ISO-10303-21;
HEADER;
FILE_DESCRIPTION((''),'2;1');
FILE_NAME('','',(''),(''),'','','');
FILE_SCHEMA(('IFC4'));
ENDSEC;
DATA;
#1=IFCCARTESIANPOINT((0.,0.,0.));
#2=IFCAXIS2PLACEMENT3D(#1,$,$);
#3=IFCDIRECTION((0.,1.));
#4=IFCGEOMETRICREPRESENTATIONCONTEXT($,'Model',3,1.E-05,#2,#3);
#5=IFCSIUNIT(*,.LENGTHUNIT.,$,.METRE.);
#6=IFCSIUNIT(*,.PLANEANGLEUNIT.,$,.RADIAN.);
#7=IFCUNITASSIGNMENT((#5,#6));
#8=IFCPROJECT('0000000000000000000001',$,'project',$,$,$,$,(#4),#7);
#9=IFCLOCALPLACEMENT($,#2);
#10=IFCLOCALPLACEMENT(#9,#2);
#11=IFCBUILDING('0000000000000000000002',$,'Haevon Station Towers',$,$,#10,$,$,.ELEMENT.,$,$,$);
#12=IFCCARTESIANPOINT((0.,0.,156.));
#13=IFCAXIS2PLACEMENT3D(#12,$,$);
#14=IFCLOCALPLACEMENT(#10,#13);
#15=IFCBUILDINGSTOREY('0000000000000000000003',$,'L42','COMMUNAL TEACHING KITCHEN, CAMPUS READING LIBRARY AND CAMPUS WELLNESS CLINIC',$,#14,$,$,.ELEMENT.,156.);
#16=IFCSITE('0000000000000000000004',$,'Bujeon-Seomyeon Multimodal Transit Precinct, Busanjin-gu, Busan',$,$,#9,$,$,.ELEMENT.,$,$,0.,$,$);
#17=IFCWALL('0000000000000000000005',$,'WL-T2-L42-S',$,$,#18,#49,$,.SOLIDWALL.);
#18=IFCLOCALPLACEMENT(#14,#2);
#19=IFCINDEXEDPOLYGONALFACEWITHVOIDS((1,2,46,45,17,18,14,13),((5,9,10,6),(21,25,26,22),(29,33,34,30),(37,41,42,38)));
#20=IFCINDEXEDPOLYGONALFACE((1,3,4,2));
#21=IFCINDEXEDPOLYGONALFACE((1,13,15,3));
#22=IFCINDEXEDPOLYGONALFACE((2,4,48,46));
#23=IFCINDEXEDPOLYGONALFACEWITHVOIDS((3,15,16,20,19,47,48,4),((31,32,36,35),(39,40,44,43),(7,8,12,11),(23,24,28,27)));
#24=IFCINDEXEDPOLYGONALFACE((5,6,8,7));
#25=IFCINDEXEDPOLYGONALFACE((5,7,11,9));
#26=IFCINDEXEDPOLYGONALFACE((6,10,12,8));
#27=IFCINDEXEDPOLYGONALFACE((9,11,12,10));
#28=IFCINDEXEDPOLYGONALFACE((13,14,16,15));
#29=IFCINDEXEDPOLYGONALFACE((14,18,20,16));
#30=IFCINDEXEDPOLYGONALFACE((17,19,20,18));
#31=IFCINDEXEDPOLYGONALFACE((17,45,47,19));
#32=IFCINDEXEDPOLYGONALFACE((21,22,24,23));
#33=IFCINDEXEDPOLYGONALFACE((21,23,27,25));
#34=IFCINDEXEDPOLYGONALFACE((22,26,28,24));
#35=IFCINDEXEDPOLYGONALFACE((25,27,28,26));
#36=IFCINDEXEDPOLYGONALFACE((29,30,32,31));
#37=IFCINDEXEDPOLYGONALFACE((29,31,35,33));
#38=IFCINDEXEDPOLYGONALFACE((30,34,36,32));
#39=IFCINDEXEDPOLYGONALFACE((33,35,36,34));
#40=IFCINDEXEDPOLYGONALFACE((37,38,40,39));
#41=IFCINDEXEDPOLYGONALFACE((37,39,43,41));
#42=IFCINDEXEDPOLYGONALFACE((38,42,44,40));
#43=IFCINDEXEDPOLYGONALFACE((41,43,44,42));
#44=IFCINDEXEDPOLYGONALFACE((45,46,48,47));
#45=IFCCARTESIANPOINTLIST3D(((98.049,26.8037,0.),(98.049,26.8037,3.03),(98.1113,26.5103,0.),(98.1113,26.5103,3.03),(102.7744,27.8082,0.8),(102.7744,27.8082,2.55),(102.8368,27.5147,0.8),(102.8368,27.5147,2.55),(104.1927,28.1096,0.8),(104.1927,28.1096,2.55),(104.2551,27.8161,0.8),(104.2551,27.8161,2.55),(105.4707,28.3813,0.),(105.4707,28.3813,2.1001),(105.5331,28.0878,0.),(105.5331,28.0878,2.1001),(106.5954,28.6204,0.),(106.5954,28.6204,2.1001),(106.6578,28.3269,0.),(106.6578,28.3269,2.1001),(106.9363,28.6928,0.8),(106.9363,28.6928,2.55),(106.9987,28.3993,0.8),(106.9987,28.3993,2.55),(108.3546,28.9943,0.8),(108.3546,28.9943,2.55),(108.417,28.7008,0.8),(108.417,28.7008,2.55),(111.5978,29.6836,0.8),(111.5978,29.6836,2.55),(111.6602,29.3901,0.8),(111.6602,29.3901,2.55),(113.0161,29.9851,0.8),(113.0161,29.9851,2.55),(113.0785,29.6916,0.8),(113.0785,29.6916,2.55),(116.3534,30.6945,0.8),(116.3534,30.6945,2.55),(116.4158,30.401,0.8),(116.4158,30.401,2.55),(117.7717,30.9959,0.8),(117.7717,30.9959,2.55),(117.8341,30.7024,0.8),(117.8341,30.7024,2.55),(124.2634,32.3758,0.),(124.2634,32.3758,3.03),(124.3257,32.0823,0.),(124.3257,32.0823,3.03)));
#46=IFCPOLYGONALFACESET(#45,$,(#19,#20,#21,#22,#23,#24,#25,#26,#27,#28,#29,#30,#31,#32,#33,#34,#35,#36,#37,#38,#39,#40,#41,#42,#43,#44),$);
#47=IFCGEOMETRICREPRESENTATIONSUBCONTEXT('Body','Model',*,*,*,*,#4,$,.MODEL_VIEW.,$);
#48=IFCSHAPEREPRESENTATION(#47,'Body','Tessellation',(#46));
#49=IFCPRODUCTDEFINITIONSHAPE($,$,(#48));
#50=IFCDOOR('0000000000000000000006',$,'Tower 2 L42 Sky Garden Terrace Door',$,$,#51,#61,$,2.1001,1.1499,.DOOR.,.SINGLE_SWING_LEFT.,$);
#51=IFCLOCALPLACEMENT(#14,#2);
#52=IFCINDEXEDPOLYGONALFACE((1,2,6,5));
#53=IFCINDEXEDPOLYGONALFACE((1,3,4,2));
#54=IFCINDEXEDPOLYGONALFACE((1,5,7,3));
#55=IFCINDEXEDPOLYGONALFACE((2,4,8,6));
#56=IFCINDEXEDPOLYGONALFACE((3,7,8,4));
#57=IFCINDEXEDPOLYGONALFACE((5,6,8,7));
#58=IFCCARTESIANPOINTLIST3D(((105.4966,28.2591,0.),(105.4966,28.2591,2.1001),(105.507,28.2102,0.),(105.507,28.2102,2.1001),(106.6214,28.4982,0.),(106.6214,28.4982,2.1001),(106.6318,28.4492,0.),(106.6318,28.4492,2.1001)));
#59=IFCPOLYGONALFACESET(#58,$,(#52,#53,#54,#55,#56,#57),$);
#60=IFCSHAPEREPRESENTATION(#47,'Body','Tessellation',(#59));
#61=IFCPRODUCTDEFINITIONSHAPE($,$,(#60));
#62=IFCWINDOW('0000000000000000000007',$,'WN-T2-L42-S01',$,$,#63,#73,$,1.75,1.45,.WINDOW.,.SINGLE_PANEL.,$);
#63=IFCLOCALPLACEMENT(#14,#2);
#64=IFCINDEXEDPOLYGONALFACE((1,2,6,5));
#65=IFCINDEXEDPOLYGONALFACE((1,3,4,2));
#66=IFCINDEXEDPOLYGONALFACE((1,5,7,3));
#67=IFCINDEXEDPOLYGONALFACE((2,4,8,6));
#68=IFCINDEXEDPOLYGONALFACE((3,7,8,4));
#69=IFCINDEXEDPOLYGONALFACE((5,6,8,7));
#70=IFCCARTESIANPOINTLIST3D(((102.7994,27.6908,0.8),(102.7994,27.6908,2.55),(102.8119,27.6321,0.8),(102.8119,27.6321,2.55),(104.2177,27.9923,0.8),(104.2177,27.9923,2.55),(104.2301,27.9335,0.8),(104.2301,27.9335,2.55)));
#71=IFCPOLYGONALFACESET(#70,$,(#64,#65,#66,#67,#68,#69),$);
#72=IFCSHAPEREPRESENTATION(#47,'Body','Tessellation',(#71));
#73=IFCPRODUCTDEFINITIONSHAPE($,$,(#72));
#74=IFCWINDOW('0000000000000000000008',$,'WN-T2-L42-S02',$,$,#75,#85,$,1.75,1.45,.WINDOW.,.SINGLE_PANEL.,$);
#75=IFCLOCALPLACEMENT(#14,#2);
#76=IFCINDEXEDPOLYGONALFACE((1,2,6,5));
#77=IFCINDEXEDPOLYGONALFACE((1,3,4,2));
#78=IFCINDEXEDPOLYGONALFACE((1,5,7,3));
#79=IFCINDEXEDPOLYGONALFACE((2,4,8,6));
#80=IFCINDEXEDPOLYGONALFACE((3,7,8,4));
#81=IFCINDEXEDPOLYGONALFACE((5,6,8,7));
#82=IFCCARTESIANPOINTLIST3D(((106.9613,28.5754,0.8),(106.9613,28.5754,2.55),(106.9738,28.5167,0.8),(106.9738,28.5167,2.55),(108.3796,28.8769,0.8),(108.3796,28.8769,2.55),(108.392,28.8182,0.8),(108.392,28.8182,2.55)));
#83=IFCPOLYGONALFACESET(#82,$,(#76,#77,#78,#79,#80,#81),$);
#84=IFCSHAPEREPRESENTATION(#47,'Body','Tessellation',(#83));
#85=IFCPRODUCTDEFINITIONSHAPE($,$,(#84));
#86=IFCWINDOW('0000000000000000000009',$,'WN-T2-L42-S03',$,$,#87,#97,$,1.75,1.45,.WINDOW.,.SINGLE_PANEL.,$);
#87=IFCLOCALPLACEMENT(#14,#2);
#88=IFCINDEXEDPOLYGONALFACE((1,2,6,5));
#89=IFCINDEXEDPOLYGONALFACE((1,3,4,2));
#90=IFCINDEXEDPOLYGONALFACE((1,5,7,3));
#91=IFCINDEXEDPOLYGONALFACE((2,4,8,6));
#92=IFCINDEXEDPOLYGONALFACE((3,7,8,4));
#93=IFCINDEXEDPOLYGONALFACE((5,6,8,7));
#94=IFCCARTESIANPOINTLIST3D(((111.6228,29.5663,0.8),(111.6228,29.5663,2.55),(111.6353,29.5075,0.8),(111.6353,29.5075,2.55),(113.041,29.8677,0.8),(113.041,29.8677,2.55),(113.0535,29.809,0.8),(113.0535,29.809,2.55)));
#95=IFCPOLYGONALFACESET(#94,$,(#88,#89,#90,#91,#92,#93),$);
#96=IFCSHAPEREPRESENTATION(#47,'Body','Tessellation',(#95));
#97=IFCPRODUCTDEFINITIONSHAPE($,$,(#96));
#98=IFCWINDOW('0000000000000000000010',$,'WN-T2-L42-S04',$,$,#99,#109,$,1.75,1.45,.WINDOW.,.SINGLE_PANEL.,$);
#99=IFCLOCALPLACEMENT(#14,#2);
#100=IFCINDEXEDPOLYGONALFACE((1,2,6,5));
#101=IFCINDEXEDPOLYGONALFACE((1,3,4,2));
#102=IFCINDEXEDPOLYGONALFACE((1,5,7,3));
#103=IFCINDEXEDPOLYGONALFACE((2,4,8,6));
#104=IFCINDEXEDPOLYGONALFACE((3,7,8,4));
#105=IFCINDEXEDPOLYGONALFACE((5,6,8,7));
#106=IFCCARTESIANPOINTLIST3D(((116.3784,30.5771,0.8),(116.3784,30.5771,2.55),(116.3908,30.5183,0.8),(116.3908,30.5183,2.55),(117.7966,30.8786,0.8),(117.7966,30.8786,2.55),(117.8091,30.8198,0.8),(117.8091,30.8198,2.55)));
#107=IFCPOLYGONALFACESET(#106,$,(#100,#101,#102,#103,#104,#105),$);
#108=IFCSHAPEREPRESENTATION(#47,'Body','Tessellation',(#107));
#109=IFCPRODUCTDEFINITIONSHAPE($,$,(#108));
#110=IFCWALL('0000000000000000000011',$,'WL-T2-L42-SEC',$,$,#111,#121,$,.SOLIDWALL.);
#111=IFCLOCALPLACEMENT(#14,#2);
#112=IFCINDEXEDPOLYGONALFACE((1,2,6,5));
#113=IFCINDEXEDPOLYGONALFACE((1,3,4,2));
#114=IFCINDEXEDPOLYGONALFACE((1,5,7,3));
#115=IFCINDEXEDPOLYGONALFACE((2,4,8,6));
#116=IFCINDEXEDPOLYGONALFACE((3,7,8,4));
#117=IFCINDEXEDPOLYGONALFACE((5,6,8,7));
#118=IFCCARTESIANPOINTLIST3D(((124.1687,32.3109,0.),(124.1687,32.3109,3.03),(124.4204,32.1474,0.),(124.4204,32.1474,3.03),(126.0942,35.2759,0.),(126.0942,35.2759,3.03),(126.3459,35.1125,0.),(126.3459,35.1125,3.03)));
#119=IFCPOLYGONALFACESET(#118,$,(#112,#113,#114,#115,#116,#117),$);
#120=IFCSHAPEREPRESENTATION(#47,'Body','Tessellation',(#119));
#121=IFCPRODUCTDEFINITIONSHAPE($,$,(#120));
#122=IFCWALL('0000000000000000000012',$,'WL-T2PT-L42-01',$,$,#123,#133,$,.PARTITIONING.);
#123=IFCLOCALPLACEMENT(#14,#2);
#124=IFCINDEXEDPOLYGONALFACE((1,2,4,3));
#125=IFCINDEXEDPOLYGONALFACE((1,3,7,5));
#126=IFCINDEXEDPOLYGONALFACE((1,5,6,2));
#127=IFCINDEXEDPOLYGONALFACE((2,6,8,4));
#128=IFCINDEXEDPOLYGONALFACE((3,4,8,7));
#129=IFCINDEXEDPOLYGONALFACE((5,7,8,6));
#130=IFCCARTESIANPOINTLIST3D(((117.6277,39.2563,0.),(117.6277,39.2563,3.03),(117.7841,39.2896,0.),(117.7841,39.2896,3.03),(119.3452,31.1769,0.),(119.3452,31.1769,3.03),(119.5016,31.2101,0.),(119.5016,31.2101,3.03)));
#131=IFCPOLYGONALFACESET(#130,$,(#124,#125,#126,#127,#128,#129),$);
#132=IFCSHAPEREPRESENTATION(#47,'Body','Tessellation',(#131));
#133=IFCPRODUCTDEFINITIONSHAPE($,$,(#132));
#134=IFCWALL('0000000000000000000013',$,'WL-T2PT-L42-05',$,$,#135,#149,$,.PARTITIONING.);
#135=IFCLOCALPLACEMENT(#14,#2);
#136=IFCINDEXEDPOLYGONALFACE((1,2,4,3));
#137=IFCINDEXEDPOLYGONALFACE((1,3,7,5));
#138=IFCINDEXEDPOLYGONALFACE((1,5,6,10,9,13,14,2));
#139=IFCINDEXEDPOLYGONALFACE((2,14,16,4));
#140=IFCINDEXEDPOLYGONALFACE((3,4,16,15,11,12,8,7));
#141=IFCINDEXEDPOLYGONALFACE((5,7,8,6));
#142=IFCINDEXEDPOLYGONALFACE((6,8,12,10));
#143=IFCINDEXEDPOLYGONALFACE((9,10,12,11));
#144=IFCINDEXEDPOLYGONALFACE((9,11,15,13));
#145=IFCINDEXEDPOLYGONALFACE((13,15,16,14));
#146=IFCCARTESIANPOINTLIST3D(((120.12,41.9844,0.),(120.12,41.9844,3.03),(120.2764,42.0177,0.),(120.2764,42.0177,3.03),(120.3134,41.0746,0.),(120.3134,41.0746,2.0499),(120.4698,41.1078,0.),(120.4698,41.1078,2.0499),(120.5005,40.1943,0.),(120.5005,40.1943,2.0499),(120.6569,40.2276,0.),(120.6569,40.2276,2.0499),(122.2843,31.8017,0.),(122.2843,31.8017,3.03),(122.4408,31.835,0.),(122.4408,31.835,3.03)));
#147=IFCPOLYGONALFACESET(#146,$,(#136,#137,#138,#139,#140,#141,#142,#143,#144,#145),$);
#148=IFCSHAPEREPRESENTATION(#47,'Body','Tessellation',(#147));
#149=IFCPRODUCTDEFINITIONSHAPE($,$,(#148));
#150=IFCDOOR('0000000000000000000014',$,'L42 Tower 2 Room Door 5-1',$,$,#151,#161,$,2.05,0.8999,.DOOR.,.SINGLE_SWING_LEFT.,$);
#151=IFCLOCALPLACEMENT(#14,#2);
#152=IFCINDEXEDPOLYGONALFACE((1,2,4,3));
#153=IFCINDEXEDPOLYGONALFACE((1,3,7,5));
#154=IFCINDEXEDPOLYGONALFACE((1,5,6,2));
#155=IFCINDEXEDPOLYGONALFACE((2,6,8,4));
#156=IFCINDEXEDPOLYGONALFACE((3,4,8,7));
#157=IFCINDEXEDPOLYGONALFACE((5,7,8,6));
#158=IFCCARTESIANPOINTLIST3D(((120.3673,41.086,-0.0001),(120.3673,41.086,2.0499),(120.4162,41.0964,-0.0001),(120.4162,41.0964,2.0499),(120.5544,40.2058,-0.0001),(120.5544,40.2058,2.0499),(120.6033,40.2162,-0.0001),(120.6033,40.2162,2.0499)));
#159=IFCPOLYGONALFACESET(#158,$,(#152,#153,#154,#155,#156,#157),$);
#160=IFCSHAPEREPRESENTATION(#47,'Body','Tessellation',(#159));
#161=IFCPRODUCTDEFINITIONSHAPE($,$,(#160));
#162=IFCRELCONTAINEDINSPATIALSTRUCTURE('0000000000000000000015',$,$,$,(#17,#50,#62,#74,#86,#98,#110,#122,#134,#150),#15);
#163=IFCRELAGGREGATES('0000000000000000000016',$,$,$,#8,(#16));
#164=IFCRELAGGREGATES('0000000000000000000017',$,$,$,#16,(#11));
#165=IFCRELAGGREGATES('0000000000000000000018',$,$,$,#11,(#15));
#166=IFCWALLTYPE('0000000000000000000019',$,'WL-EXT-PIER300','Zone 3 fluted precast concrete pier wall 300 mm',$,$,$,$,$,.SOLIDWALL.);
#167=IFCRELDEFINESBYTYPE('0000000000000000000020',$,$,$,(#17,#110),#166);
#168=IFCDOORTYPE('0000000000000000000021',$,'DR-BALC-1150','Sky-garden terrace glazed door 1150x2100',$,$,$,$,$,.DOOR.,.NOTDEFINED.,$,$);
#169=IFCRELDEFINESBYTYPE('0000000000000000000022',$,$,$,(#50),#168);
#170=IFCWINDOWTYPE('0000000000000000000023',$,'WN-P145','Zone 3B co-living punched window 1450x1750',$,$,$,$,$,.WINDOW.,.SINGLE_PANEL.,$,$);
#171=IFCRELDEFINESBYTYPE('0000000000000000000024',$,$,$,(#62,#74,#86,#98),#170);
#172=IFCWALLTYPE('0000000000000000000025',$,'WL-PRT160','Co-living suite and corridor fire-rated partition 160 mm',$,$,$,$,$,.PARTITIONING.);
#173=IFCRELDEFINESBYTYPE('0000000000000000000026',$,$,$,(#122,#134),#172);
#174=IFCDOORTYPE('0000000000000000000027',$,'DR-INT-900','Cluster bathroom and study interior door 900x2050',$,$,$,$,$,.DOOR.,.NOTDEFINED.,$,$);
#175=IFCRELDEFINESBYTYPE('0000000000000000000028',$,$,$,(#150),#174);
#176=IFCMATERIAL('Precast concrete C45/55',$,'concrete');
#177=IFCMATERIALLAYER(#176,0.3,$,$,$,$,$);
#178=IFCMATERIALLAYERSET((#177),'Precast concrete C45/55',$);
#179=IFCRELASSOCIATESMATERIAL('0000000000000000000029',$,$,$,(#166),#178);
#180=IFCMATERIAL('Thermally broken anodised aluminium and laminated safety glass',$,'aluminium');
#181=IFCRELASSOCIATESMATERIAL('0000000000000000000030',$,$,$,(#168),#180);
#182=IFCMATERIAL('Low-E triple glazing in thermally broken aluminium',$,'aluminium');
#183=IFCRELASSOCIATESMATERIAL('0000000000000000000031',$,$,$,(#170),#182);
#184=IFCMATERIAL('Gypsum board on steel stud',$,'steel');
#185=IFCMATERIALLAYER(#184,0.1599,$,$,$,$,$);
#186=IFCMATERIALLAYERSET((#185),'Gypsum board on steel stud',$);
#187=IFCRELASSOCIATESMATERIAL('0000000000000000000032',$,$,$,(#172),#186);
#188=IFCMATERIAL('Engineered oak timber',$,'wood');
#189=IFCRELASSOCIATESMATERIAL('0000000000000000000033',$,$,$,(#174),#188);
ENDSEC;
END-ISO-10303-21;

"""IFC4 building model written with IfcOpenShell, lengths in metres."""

from ifc_helpers import new_model, si_unit, direction, frame, frame_2d, origin, place, context, subcontext, project, spatial, rectangle, extrude, material, layer, layer_set, type_object, element, fill, save


model = new_model("IFC4")

# Units and contexts
model_context = context("Model", 3, precision=1e-05, world=origin(), true_north=direction((0.0, 1.0)))
body_context = subcontext(model_context, "Body", "Model", "MODEL_VIEW")
ifc_project = project(units=[si_unit("LENGTHUNIT", "METRE"), si_unit("PLANEANGLEUNIT", "RADIAN")], contexts=[model_context])

# Site, building, storey
site_placement = place(None, origin())
site = spatial("IfcSite", under=ifc_project, at=site_placement, Name="Bujeon-Seomyeon Multimodal Transit Precinct, Busanjin-gu, Busan", CompositionType="ELEMENT", RefElevation=0.0)
building_placement = place(site_placement, origin())
building = spatial("IfcBuilding", under=site, at=building_placement, Name="Haevon Station Towers", CompositionType="ELEMENT")
storey_placement = place(building_placement, frame((0.0, 0.0, 156.0)))
storey = spatial("IfcBuildingStorey", under=building, at=storey_placement, Name="L42", Description="COMMUNAL TEACHING KITCHEN, CAMPUS READING LIBRARY AND CAMPUS WELLNESS CLINIC", CompositionType="ELEMENT", Elevation=156.0)

# Wall, openings, door, windows
ifc_material_1 = material(Name="Precast concrete C45/55", Category="concrete")
ifc_layer_1 = layer(ifc_material_1, 0.3)
ifc_layer_set_1 = layer_set([ifc_layer_1], Name="Precast concrete C45/55")
wall_type_1 = type_object("IfcWallType", Name="WL-EXT-PIER300", Description="Zone 3 fluted precast concrete pier wall 300 mm", PredefinedType="SOLIDWALL", material=ifc_layer_set_1)
wall_1_placement = place(storey_placement, frame((124.2944, 32.229, 0.0), z_axis=(0.0, 0.0, 1.0), x_axis=(-0.978148, -0.207911, 0.0)))
wall_1 = element("IfcWall", 1, at=wall_1_placement, inside=storey, type_object=wall_type_1, Name="WL-T2-L42-S", PredefinedType="SOLIDWALL", context=body_context, shape_type="SweptSolid", body=[
    extrude(rectangle(XDim=26.8, YDim=0.3, at=frame_2d((13.3999, 0.0))), origin(), (0.0, 0.0, 1.0), 3.03),
])
opening_1_placement = place(wall_1_placement, frame((18.0625, 0.0, 0.0)))
opening_1 = element("IfcOpeningElement", 2, at=opening_1_placement, cuts=wall_1, PredefinedType="OPENING", context=body_context, shape_type="SweptSolid", body=[
    extrude(rectangle(XDim=1.1499, YDim=2.1001, at=frame_2d((0.575, 1.05))), frame((0.0, 0.1599, 0.0), z_axis=(0.0, -1.0, 0.0), x_axis=(1.0, 0.0, 0.0)), (0.0, 0.0, 1.0), 0.3201),
])
opening_2_placement = place(wall_1_placement, frame((20.5188, 0.0, 0.8)))
opening_2 = element("IfcOpeningElement", 3, at=opening_2_placement, cuts=wall_1, PredefinedType="OPENING", context=body_context, shape_type="SweptSolid", body=[
    extrude(rectangle(XDim=1.45, YDim=1.75, at=frame_2d((0.7251, 0.875))), frame((0.0, 0.1599, 0.0), z_axis=(0.0, -1.0, 0.0), x_axis=(1.0, 0.0, 0.0)), (0.0, 0.0, 1.0), 0.3201),
])
opening_3_placement = place(wall_1_placement, frame((16.2639, 0.0, 0.8)))
opening_3 = element("IfcOpeningElement", 4, at=opening_3_placement, cuts=wall_1, PredefinedType="OPENING", context=body_context, shape_type="SweptSolid", body=[
    extrude(rectangle(XDim=1.45, YDim=1.75, at=frame_2d((0.7251, 0.875))), frame((0.0, 0.1599, 0.0), z_axis=(0.0, -1.0, 0.0), x_axis=(1.0, 0.0, 0.0)), (0.0, 0.0, 1.0), 0.3201),
])
opening_4_placement = place(wall_1_placement, frame((11.4983, 0.0, 0.8)))
opening_4 = element("IfcOpeningElement", 5, at=opening_4_placement, cuts=wall_1, PredefinedType="OPENING", context=body_context, shape_type="SweptSolid", body=[
    extrude(rectangle(XDim=1.45, YDim=1.75, at=frame_2d((0.7251, 0.875))), frame((0.0, 0.1599, 0.0), z_axis=(0.0, -1.0, 0.0), x_axis=(1.0, 0.0, 0.0)), (0.0, 0.0, 1.0), 0.3201),
])
opening_5_placement = place(wall_1_placement, frame((6.6365, 0.0, 0.8)))
opening_5 = element("IfcOpeningElement", 6, at=opening_5_placement, cuts=wall_1, PredefinedType="OPENING", context=body_context, shape_type="SweptSolid", body=[
    extrude(rectangle(XDim=1.45, YDim=1.75, at=frame_2d((0.7251, 0.875))), frame((0.0, 0.1599, 0.0), z_axis=(0.0, -1.0, 0.0), x_axis=(1.0, 0.0, 0.0)), (0.0, 0.0, 1.0), 0.3201),
])
ifc_material_2 = material(Name="Thermally broken anodised aluminium and laminated safety glass", Category="aluminium")
door_type_1 = type_object("IfcDoorType", Name="DR-BALC-1150", Description="Sky-garden terrace glazed door 1150x2100", OperationType="NOTDEFINED", PredefinedType="DOOR", material=ifc_material_2)
door_1_placement = place(opening_1_placement, origin())
door_1 = element("IfcDoor", 7, at=door_1_placement, inside=storey, type_object=door_type_1, Name="Tower 2 L42 Sky Garden Terrace Door", OperationType="SINGLE_SWING_LEFT", OverallHeight=2.1001, OverallWidth=1.1499, PredefinedType="DOOR", context=body_context, shape_type="SweptSolid", body=[
    extrude(rectangle(XDim=1.1499, YDim=2.1001, at=frame_2d((0.575, 1.05))), frame((0.0, 0.0249, 0.0), z_axis=(0.0, -1.0, 0.0), x_axis=(1.0, 0.0, 0.0)), (0.0, 0.0, 1.0), 0.05),
])
fill(opening_1, door_1)
ifc_material_3 = material(Name="Low-E triple glazing in thermally broken aluminium", Category="aluminium")
window_type = type_object("IfcWindowType", Name="WN-P145", Description="Zone 3B co-living punched window 1450x1750", PartitioningType="SINGLE_PANEL", PredefinedType="WINDOW", material=ifc_material_3)
window_1_placement = place(opening_2_placement, origin())
window_1 = element("IfcWindow", 8, at=window_1_placement, inside=storey, type_object=window_type, Name="WN-T2-L42-S01", OverallHeight=1.75, OverallWidth=1.45, PartitioningType="SINGLE_PANEL", PredefinedType="WINDOW", context=body_context, shape_type="SweptSolid", body=[
    extrude(rectangle(XDim=1.45, YDim=1.75, at=frame_2d((0.7251, 0.875))), frame((0.0, 0.03, 0.0), z_axis=(0.0, -1.0, 0.0), x_axis=(1.0, 0.0, 0.0)), (0.0, 0.0, 1.0), 0.0601),
])
fill(opening_2, window_1)
window_2_placement = place(opening_3_placement, origin())
window_2 = element("IfcWindow", 9, at=window_2_placement, inside=storey, type_object=window_type, Name="WN-T2-L42-S02", OverallHeight=1.75, OverallWidth=1.45, PartitioningType="SINGLE_PANEL", PredefinedType="WINDOW", context=body_context, shape_type="SweptSolid", body=[
    extrude(rectangle(XDim=1.45, YDim=1.75, at=frame_2d((0.7251, 0.875))), frame((0.0, 0.03, 0.0), z_axis=(0.0, -1.0, 0.0), x_axis=(1.0, 0.0, 0.0)), (0.0, 0.0, 1.0), 0.0601),
])
fill(opening_3, window_2)
window_3_placement = place(opening_4_placement, origin())
window_3 = element("IfcWindow", 10, at=window_3_placement, inside=storey, type_object=window_type, Name="WN-T2-L42-S03", OverallHeight=1.75, OverallWidth=1.45, PartitioningType="SINGLE_PANEL", PredefinedType="WINDOW", context=body_context, shape_type="SweptSolid", body=[
    extrude(rectangle(XDim=1.45, YDim=1.75, at=frame_2d((0.7251, 0.875))), frame((0.0, 0.03, 0.0), z_axis=(0.0, -1.0, 0.0), x_axis=(1.0, 0.0, 0.0)), (0.0, 0.0, 1.0), 0.0601),
])
fill(opening_4, window_3)
window_4_placement = place(opening_5_placement, origin())
window_4 = element("IfcWindow", 11, at=window_4_placement, inside=storey, type_object=window_type, Name="WN-T2-L42-S04", OverallHeight=1.75, OverallWidth=1.45, PartitioningType="SINGLE_PANEL", PredefinedType="WINDOW", context=body_context, shape_type="SweptSolid", body=[
    extrude(rectangle(XDim=1.45, YDim=1.75, at=frame_2d((0.7251, 0.875))), frame((0.0, 0.03, 0.0), z_axis=(0.0, -1.0, 0.0), x_axis=(1.0, 0.0, 0.0)), (0.0, 0.0, 1.0), 0.0601),
])
fill(opening_5, window_4)

# Walls
wall_2_placement = place(storey_placement, frame((126.22, 35.1941, 0.0), z_axis=(0.0, 0.0, 1.0), x_axis=(-0.544636, -0.838672, 0.0)))
element("IfcWall", 12, at=wall_2_placement, inside=storey, type_object=wall_type_1, Name="WL-T2-L42-SEC", PredefinedType="SOLIDWALL", context=body_context, shape_type="SweptSolid", body=[
    extrude(rectangle(XDim=3.5354, YDim=0.3, at=frame_2d((1.7676, 0.0))), origin(), (0.0, 0.0, 1.0), 3.03),
])
ifc_material_4 = material(Name="Gypsum board on steel stud", Category="steel")
ifc_layer_2 = layer(ifc_material_4, 0.1599)
ifc_layer_set_2 = layer_set([ifc_layer_2], Name="Gypsum board on steel stud")
wall_type_2 = type_object("IfcWallType", Name="WL-PRT160", Description="Co-living suite and corridor fire-rated partition 160 mm", PredefinedType="PARTITIONING", material=ifc_layer_set_2)
wall_3_placement = place(storey_placement, frame((119.4233, 31.1936, 0.0), z_axis=(0.0, 0.0, 1.0), x_axis=(-0.20793, 0.978144, 0.0)))
element("IfcWall", 13, at=wall_3_placement, inside=storey, type_object=wall_type_2, Name="WL-T2PT-L42-01", PredefinedType="PARTITIONING", context=body_context, shape_type="SweptSolid", body=[
    extrude(rectangle(XDim=8.26, YDim=0.1599, at=frame_2d((4.1299, 0.0))), origin(), (0.0, 0.0, 1.0), 3.03),
])

# Wall, opening, door
wall_4_placement = place(storey_placement, frame((122.3625, 31.8184, 0.0), z_axis=(0.0, 0.0, 1.0), x_axis=(-0.207905, 0.978149, 0.0)))
wall_4 = element("IfcWall", 14, at=wall_4_placement, inside=storey, type_object=wall_type_2, Name="WL-T2PT-L42-05", PredefinedType="PARTITIONING", context=body_context, shape_type="SweptSolid", body=[
    extrude(rectangle(XDim=10.4102, YDim=0.1599, at=frame_2d((5.2051, 0.0))), origin(), (0.0, 0.0, 1.0), 3.03),
])
opening_6_placement = place(wall_4_placement, frame((8.5801, 0.0, 0.0)))
opening_6 = element("IfcOpeningElement", 15, at=opening_6_placement, cuts=wall_4, PredefinedType="OPENING", context=body_context, shape_type="SweptSolid", body=[
    extrude(rectangle(XDim=0.8999, YDim=2.05, at=frame_2d((0.45, 1.0249))), frame((0.0, 0.0898, 0.0), z_axis=(0.0, -1.0, 0.0), x_axis=(1.0, 0.0, 0.0)), (0.0, 0.0, 1.0), 0.1799),
])
ifc_material_5 = material(Name="Engineered oak timber", Category="wood")
door_type_2 = type_object("IfcDoorType", Name="DR-INT-900", Description="Cluster bathroom and study interior door 900x2050", OperationType="NOTDEFINED", PredefinedType="DOOR", material=ifc_material_5)
door_2_placement = place(opening_6_placement, origin())
door_2 = element("IfcDoor", 16, at=door_2_placement, inside=storey, type_object=door_type_2, Name="L42 Tower 2 Room Door 5-1", OperationType="SINGLE_SWING_LEFT", OverallHeight=2.05, OverallWidth=0.8999, PredefinedType="DOOR", context=body_context, shape_type="SweptSolid", body=[
    extrude(rectangle(XDim=0.8999, YDim=2.05, at=frame_2d((0.45, 1.0249))), frame((0.0, 0.0249, 0.0), z_axis=(0.0, -1.0, 0.0), x_axis=(1.0, 0.0, 0.0)), (0.0, 0.0, 1.0), 0.05),
])
fill(opening_6, door_2)

save(model, "model.ifc")
